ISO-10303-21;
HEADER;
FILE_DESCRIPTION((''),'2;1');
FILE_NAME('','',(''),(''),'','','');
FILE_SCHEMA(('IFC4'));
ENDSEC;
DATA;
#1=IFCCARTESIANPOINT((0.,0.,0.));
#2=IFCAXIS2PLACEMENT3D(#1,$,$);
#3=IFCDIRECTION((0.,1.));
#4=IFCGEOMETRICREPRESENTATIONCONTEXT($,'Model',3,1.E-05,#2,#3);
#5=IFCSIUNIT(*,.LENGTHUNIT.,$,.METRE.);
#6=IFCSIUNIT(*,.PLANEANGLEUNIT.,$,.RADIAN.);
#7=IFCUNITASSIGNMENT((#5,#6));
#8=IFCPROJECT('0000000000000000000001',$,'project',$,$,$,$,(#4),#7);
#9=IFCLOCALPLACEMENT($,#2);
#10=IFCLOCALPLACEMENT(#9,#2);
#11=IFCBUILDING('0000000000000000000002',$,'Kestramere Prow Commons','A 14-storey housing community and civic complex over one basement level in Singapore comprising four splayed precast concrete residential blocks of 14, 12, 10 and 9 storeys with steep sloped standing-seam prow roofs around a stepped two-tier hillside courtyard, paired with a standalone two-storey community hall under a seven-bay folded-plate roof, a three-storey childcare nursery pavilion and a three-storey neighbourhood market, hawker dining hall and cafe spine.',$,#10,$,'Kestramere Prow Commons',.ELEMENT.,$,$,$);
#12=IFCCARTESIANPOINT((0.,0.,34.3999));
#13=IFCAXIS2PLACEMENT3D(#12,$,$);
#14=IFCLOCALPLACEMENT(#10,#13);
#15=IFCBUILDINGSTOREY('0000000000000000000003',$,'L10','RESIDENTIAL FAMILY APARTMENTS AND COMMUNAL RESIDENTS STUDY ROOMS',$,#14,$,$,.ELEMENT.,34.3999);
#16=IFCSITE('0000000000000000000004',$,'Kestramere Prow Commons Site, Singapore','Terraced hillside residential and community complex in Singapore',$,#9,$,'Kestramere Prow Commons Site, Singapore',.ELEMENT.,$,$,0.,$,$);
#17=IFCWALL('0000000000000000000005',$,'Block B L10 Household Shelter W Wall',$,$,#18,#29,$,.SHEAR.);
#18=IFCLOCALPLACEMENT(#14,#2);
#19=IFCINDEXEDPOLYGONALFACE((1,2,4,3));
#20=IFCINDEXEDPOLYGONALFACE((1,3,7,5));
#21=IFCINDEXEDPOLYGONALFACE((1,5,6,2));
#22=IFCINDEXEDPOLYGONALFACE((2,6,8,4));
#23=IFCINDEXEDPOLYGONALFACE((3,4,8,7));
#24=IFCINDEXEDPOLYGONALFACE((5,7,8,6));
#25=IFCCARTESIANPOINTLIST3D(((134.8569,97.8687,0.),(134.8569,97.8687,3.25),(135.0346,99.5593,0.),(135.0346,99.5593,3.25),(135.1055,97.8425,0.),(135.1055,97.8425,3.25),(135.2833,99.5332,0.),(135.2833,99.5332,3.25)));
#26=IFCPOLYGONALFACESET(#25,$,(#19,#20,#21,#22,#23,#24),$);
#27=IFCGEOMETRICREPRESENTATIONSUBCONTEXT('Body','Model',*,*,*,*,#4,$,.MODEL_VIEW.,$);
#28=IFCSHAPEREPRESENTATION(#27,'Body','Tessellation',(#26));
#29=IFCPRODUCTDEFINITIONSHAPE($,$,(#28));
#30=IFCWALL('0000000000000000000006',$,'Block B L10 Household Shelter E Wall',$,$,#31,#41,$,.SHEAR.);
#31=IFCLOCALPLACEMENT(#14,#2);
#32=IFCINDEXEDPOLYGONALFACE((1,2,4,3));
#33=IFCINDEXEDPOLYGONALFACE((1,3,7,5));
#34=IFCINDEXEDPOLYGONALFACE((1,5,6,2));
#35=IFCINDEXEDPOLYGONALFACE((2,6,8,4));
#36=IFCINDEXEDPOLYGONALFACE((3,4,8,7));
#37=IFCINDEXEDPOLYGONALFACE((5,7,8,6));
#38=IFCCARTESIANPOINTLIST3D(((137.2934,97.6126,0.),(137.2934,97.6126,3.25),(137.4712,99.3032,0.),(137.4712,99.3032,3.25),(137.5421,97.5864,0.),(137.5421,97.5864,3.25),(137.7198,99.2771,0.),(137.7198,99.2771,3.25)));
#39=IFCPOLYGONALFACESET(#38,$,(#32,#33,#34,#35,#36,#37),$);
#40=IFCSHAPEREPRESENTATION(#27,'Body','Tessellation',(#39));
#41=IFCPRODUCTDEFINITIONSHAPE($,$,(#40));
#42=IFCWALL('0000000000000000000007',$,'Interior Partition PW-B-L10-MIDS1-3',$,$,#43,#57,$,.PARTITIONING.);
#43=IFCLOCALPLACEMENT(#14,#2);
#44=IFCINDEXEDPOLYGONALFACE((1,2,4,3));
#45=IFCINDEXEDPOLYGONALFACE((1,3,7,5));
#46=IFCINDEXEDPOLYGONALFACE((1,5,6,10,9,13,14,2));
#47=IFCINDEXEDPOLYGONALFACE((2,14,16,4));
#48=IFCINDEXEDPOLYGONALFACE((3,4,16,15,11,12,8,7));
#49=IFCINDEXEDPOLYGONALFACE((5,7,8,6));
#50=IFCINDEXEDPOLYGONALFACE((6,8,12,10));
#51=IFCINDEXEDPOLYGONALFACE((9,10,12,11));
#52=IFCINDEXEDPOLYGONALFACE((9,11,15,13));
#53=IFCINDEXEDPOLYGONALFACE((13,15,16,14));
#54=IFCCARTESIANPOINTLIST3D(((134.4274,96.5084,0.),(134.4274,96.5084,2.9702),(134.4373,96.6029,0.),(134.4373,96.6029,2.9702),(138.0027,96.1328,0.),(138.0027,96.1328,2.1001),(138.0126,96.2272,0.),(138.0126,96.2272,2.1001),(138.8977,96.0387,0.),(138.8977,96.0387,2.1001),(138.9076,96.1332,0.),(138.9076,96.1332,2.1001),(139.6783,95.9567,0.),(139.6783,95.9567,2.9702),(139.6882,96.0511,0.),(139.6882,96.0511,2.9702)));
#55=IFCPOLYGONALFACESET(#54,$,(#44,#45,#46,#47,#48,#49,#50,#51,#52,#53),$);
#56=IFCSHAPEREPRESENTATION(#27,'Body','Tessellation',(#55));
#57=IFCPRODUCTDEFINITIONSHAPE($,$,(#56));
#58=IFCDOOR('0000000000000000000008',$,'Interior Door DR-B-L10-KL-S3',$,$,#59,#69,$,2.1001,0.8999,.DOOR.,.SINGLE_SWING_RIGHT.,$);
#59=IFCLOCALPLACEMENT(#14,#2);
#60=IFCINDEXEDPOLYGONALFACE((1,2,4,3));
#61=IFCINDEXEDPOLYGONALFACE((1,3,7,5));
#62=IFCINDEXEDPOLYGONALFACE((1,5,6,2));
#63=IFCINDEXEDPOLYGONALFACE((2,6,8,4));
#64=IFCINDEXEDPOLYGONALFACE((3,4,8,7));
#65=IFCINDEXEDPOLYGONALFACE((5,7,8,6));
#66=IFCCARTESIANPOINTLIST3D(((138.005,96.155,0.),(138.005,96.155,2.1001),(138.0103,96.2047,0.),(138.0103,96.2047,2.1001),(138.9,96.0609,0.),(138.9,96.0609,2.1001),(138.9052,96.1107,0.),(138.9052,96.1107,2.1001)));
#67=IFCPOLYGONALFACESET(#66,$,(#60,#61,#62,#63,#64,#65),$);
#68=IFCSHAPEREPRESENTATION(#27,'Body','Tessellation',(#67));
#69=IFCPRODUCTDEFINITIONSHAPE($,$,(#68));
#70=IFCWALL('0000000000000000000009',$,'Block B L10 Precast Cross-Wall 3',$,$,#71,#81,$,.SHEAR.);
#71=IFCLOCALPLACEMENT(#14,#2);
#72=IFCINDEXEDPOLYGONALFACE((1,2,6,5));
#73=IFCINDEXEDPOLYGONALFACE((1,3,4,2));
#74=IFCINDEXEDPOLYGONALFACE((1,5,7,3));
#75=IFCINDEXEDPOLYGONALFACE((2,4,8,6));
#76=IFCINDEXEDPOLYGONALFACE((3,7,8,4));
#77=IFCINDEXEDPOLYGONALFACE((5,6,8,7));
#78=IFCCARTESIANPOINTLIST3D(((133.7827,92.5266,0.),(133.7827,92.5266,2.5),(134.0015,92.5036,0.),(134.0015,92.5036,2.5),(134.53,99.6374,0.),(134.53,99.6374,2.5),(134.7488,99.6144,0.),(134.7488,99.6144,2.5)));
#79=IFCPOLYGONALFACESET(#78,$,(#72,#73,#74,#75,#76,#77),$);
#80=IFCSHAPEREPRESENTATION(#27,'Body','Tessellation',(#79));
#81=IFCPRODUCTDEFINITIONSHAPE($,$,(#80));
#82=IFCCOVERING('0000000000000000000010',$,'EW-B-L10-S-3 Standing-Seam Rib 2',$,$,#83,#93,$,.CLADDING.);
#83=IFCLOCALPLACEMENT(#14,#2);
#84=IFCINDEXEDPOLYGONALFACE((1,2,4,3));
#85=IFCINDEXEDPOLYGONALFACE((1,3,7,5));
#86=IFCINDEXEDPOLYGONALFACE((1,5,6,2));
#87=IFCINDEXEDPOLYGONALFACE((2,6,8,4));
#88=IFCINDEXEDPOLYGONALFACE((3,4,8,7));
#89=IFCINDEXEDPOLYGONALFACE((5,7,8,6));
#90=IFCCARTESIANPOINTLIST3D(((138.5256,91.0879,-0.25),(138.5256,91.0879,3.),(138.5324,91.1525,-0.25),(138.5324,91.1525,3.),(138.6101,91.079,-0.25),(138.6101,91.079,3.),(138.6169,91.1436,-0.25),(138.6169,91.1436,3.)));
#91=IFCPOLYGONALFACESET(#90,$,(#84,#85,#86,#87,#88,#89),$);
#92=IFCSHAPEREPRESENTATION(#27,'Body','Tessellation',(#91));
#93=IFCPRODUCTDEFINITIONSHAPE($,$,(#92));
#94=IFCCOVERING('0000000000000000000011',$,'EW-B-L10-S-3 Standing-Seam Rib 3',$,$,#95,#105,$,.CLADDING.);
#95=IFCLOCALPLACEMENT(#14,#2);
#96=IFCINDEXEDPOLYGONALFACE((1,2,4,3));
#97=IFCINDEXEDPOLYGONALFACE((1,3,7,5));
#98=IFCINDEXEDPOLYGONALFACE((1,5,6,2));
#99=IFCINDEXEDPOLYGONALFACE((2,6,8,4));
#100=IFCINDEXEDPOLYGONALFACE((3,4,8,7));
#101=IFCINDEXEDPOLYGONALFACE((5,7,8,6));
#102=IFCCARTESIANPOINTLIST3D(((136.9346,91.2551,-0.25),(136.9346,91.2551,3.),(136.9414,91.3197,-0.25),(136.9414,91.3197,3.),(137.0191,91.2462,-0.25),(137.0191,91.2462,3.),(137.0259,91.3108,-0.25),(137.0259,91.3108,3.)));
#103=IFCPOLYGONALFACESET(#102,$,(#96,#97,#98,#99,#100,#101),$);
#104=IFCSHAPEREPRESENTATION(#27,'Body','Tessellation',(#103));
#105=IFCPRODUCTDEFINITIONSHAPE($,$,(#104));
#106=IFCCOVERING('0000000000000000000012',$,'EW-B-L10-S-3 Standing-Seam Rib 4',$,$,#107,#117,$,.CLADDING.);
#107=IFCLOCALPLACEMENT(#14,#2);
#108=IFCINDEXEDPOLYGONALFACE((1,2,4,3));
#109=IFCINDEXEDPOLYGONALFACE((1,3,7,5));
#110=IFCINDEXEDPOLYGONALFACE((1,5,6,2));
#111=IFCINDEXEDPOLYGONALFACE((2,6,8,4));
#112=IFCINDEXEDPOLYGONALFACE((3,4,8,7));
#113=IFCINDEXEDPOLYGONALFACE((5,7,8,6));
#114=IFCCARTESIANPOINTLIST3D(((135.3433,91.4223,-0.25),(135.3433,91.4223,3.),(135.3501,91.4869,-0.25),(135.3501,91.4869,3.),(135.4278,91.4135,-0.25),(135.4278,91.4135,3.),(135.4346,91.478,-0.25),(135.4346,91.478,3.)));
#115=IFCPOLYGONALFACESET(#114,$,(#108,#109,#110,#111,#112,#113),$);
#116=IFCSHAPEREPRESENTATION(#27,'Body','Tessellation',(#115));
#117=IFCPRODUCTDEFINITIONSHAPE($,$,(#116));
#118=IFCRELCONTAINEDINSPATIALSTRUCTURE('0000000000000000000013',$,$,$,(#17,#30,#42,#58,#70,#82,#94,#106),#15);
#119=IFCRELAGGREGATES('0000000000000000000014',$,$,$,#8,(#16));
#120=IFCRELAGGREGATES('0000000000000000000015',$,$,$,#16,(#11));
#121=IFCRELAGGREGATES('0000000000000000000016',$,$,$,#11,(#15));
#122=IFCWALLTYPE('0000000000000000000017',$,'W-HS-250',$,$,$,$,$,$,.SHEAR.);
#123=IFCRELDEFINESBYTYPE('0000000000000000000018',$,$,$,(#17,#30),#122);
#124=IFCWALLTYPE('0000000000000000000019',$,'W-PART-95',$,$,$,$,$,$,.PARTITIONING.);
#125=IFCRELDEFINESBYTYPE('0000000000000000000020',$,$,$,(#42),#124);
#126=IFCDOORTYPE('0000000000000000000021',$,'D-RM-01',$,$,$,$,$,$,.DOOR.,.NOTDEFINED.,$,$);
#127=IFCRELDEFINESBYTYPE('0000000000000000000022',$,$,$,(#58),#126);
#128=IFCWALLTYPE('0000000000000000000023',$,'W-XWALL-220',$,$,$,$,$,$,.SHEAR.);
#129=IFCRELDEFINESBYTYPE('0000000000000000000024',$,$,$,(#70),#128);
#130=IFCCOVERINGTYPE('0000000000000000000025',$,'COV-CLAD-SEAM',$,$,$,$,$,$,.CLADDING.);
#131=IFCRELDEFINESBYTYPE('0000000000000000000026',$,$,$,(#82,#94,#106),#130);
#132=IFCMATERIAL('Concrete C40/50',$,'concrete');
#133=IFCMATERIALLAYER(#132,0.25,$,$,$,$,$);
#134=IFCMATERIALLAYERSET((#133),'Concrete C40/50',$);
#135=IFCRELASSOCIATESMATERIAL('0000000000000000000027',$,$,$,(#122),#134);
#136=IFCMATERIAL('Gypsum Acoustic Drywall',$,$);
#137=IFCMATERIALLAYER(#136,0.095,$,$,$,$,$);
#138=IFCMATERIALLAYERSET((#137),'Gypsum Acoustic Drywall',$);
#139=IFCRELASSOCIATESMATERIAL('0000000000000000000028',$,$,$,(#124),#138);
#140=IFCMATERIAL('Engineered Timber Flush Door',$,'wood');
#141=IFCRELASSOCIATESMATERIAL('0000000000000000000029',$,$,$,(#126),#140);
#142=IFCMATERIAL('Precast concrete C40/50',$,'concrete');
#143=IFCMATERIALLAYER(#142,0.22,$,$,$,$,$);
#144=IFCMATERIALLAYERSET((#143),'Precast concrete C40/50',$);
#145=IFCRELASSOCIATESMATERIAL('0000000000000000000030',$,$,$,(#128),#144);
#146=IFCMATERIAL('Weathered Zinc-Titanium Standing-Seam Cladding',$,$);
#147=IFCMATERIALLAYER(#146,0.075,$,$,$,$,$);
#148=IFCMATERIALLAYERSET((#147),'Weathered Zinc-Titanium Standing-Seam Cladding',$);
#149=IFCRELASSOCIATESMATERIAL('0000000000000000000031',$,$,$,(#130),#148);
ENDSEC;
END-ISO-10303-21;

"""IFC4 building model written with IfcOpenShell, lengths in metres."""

from ifc_helpers import new_model, si_unit, direction, frame, frame_2d, origin, origin_2d, place, context, subcontext, project, spatial, rectangle, extrude, material, layer, layer_set, type_object, element, fill, save


model = new_model("IFC4")

# Units and contexts
model_context = context("Model", 3, precision=1e-05, world=origin(), true_north=direction((0.0, 1.0)))
body_context = subcontext(model_context, "Body", "Model", "MODEL_VIEW")
ifc_project = project(units=[si_unit("LENGTHUNIT", "METRE"), si_unit("PLANEANGLEUNIT", "RADIAN")], contexts=[model_context])

# Site, building, storey
site_placement = place(None, origin())
site = spatial("IfcSite", under=ifc_project, at=site_placement, Name="Kestramere Prow Commons Site, Singapore", Description="Terraced hillside residential and community complex in Singapore", LongName="Kestramere Prow Commons Site, Singapore", CompositionType="ELEMENT", RefElevation=0.0)
building_placement = place(site_placement, origin())
building = spatial("IfcBuilding", under=site, at=building_placement, Name="Kestramere Prow Commons", Description="A 14-storey housing community and civic complex over one basement level in Singapore comprising four splayed precast concrete residential blocks of 14, 12, 10 and 9 storeys with steep sloped standing-seam prow roofs around a stepped two-tier hillside courtyard, paired with a standalone two-storey community hall under a seven-bay folded-plate roof, a three-storey childcare nursery pavilion and a three-storey neighbourhood market, hawker dining hall and cafe spine.", LongName="Kestramere Prow Commons", CompositionType="ELEMENT")
storey_placement = place(building_placement, frame((0.0, 0.0, 34.3999)))
storey = spatial("IfcBuildingStorey", under=building, at=storey_placement, Name="L10", Description="RESIDENTIAL FAMILY APARTMENTS AND COMMUNAL RESIDENTS STUDY ROOMS", CompositionType="ELEMENT", Elevation=34.3999)

# Shared definitions
ifc_material_1 = material(Name="Precast concrete C40/50", Category="concrete")

# Shared definitions
ifc_material_2 = material(Name="Concrete C40/50", Category="concrete")
ifc_layer_1 = layer(ifc_material_2, 0.25)
ifc_layer_set_1 = layer_set([ifc_layer_1], Name="Concrete C40/50")
wall_type_1 = type_object("IfcWallType", Name="W-HS-250", PredefinedType="SHEAR", material=ifc_layer_set_1)

# Walls
for number, where, z_axis, x_axis, name in (
    (1, (134.9812, 97.8555, 0.0), (0.0, 0.0, 1.0), (0.10455, 0.99452, 0.0), "Block B L10 Household Shelter W Wall"),
    (2, (137.4177, 97.5994, 0.0), (0.0, 0.0, 1.0), (0.10455, 0.99452, 0.0), "Block B L10 Household Shelter E Wall"),
):
    element("IfcWall", number, at=place(storey_placement, frame(where, z_axis=z_axis, x_axis=x_axis)), inside=storey, type_object=wall_type_1, Name=name, PredefinedType="SHEAR", context=body_context, shape_type="SweptSolid", body=[
        extrude(rectangle(XDim=1.7, YDim=0.25, at=frame_2d((0.8501, 0.0))), origin(), (0.0, 0.0, 1.0), 3.25),
    ])

# Wall, opening, door
ifc_material_3 = material(Name="Gypsum Acoustic Drywall")
ifc_layer_2 = layer(ifc_material_3, 0.095)
ifc_layer_set_2 = layer_set([ifc_layer_2], Name="Gypsum Acoustic Drywall")
wall_type_2 = type_object("IfcWallType", Name="W-PART-95", PredefinedType="PARTITIONING", material=ifc_layer_set_2)
wall_1_placement = place(storey_placement, frame((134.4324, 96.5557, 0.0), z_axis=(0.0, 0.0, 1.0), x_axis=(0.994525, -0.104502, 0.0)))
wall_1 = element("IfcWall", 3, at=wall_1_placement, inside=storey, type_object=wall_type_2, Name="Interior Partition PW-B-L10-MIDS1-3", PredefinedType="PARTITIONING", context=body_context, shape_type="SweptSolid", body=[
    extrude(rectangle(XDim=5.2798, YDim=0.095, at=frame_2d((2.6399, 0.0))), origin(), (0.0, 0.0, 1.0), 2.9702),
])
opening_1_placement = place(wall_1_placement, frame((3.595, 0.0, 0.0)))
opening_1 = element("IfcOpeningElement", 4, at=opening_1_placement, cuts=wall_1, PredefinedType="OPENING", context=body_context, shape_type="SweptSolid", body=[
    extrude(rectangle(XDim=0.8999, YDim=2.1001, at=frame_2d((0.45, 1.05))), frame((0.0, 0.0625, 0.0), z_axis=(0.0, -1.0, 0.0), x_axis=(1.0, 0.0, 0.0)), (0.0, 0.0, 1.0), 0.125),
])
ifc_material_4 = material(Name="Engineered Timber Flush Door", Category="wood")
door_type_1 = type_object("IfcDoorType", Name="D-RM-01", OperationType="NOTDEFINED", PredefinedType="DOOR", material=ifc_material_4)
door_1_placement = place(opening_1_placement, origin())
door_1 = element("IfcDoor", 5, at=door_1_placement, inside=storey, type_object=door_type_1, Name="Interior Door DR-B-L10-KL-S3", OperationType="SINGLE_SWING_RIGHT", OverallHeight=2.1001, OverallWidth=0.8999, PredefinedType="DOOR", context=body_context, shape_type="SweptSolid", body=[
    extrude(rectangle(XDim=0.8999, YDim=2.1001, at=frame_2d((0.45, 1.05))), frame((0.0, 0.0249, 0.0), z_axis=(0.0, -1.0, 0.0), x_axis=(1.0, 0.0, 0.0)), (0.0, 0.0, 1.0), 0.05),
])
fill(opening_1, door_1)

# Wall
ifc_layer_3 = layer(ifc_material_1, 0.22)
ifc_layer_set_3 = layer_set([ifc_layer_3], Name="Precast concrete C40/50")
wall_type_3 = type_object("IfcWallType", Name="W-XWALL-220", PredefinedType="SHEAR", material=ifc_layer_set_3)
wall_2_placement = place(storey_placement, frame((133.8921, 92.5151, 0.0), z_axis=(0.0, 0.0, 1.0), x_axis=(0.104519, 0.994523, 0.0)))
element("IfcWall", 6, at=wall_2_placement, inside=storey, type_object=wall_type_3, Name="Block B L10 Precast Cross-Wall 3", PredefinedType="SHEAR", context=body_context, shape_type="SweptSolid", body=[
    extrude(rectangle(XDim=7.1499, YDim=0.22, at=frame_2d((3.575, 0.0))), origin(), (0.0, 0.0, 1.0), 2.5),
])

# Coverings
ifc_material_5 = material(Name="Weathered Zinc-Titanium Standing-Seam Cladding")
ifc_layer_4 = layer(ifc_material_5, 0.075)
ifc_layer_set_4 = layer_set([ifc_layer_4], Name="Weathered Zinc-Titanium Standing-Seam Cladding")
covering_type = type_object("IfcCoveringType", Name="COV-CLAD-SEAM", PredefinedType="CLADDING", material=ifc_layer_set_4)
for number, where, z_axis, x_axis, name in (
    (7, (138.5713, 91.1157, -0.25), (0.0, 0.0, 1.0), (-0.994522, 0.104528, 0.0), "EW-B-L10-S-3 Standing-Seam Rib 2"),
    (8, (136.9802, 91.283, -0.25), (0.0, 0.0, 1.0), (-0.994522, 0.104528, 0.0), "EW-B-L10-S-3 Standing-Seam Rib 3"),
    (9, (135.3889, 91.4502, -0.25), (0.0, 0.0, 1.0), (-0.994522, 0.104528, 0.0), "EW-B-L10-S-3 Standing-Seam Rib 4"),
):
    element("IfcCovering", number, at=place(storey_placement, frame(where, z_axis=z_axis, x_axis=x_axis)), inside=storey, type_object=covering_type, Name=name, PredefinedType="CLADDING", context=body_context, shape_type="SweptSolid", body=[
        extrude(rectangle(XDim=0.085, YDim=0.0649, at=origin_2d()), origin(), (0.0, 0.0, 1.0), 3.25),
    ])

save(model, "model.ifc")
